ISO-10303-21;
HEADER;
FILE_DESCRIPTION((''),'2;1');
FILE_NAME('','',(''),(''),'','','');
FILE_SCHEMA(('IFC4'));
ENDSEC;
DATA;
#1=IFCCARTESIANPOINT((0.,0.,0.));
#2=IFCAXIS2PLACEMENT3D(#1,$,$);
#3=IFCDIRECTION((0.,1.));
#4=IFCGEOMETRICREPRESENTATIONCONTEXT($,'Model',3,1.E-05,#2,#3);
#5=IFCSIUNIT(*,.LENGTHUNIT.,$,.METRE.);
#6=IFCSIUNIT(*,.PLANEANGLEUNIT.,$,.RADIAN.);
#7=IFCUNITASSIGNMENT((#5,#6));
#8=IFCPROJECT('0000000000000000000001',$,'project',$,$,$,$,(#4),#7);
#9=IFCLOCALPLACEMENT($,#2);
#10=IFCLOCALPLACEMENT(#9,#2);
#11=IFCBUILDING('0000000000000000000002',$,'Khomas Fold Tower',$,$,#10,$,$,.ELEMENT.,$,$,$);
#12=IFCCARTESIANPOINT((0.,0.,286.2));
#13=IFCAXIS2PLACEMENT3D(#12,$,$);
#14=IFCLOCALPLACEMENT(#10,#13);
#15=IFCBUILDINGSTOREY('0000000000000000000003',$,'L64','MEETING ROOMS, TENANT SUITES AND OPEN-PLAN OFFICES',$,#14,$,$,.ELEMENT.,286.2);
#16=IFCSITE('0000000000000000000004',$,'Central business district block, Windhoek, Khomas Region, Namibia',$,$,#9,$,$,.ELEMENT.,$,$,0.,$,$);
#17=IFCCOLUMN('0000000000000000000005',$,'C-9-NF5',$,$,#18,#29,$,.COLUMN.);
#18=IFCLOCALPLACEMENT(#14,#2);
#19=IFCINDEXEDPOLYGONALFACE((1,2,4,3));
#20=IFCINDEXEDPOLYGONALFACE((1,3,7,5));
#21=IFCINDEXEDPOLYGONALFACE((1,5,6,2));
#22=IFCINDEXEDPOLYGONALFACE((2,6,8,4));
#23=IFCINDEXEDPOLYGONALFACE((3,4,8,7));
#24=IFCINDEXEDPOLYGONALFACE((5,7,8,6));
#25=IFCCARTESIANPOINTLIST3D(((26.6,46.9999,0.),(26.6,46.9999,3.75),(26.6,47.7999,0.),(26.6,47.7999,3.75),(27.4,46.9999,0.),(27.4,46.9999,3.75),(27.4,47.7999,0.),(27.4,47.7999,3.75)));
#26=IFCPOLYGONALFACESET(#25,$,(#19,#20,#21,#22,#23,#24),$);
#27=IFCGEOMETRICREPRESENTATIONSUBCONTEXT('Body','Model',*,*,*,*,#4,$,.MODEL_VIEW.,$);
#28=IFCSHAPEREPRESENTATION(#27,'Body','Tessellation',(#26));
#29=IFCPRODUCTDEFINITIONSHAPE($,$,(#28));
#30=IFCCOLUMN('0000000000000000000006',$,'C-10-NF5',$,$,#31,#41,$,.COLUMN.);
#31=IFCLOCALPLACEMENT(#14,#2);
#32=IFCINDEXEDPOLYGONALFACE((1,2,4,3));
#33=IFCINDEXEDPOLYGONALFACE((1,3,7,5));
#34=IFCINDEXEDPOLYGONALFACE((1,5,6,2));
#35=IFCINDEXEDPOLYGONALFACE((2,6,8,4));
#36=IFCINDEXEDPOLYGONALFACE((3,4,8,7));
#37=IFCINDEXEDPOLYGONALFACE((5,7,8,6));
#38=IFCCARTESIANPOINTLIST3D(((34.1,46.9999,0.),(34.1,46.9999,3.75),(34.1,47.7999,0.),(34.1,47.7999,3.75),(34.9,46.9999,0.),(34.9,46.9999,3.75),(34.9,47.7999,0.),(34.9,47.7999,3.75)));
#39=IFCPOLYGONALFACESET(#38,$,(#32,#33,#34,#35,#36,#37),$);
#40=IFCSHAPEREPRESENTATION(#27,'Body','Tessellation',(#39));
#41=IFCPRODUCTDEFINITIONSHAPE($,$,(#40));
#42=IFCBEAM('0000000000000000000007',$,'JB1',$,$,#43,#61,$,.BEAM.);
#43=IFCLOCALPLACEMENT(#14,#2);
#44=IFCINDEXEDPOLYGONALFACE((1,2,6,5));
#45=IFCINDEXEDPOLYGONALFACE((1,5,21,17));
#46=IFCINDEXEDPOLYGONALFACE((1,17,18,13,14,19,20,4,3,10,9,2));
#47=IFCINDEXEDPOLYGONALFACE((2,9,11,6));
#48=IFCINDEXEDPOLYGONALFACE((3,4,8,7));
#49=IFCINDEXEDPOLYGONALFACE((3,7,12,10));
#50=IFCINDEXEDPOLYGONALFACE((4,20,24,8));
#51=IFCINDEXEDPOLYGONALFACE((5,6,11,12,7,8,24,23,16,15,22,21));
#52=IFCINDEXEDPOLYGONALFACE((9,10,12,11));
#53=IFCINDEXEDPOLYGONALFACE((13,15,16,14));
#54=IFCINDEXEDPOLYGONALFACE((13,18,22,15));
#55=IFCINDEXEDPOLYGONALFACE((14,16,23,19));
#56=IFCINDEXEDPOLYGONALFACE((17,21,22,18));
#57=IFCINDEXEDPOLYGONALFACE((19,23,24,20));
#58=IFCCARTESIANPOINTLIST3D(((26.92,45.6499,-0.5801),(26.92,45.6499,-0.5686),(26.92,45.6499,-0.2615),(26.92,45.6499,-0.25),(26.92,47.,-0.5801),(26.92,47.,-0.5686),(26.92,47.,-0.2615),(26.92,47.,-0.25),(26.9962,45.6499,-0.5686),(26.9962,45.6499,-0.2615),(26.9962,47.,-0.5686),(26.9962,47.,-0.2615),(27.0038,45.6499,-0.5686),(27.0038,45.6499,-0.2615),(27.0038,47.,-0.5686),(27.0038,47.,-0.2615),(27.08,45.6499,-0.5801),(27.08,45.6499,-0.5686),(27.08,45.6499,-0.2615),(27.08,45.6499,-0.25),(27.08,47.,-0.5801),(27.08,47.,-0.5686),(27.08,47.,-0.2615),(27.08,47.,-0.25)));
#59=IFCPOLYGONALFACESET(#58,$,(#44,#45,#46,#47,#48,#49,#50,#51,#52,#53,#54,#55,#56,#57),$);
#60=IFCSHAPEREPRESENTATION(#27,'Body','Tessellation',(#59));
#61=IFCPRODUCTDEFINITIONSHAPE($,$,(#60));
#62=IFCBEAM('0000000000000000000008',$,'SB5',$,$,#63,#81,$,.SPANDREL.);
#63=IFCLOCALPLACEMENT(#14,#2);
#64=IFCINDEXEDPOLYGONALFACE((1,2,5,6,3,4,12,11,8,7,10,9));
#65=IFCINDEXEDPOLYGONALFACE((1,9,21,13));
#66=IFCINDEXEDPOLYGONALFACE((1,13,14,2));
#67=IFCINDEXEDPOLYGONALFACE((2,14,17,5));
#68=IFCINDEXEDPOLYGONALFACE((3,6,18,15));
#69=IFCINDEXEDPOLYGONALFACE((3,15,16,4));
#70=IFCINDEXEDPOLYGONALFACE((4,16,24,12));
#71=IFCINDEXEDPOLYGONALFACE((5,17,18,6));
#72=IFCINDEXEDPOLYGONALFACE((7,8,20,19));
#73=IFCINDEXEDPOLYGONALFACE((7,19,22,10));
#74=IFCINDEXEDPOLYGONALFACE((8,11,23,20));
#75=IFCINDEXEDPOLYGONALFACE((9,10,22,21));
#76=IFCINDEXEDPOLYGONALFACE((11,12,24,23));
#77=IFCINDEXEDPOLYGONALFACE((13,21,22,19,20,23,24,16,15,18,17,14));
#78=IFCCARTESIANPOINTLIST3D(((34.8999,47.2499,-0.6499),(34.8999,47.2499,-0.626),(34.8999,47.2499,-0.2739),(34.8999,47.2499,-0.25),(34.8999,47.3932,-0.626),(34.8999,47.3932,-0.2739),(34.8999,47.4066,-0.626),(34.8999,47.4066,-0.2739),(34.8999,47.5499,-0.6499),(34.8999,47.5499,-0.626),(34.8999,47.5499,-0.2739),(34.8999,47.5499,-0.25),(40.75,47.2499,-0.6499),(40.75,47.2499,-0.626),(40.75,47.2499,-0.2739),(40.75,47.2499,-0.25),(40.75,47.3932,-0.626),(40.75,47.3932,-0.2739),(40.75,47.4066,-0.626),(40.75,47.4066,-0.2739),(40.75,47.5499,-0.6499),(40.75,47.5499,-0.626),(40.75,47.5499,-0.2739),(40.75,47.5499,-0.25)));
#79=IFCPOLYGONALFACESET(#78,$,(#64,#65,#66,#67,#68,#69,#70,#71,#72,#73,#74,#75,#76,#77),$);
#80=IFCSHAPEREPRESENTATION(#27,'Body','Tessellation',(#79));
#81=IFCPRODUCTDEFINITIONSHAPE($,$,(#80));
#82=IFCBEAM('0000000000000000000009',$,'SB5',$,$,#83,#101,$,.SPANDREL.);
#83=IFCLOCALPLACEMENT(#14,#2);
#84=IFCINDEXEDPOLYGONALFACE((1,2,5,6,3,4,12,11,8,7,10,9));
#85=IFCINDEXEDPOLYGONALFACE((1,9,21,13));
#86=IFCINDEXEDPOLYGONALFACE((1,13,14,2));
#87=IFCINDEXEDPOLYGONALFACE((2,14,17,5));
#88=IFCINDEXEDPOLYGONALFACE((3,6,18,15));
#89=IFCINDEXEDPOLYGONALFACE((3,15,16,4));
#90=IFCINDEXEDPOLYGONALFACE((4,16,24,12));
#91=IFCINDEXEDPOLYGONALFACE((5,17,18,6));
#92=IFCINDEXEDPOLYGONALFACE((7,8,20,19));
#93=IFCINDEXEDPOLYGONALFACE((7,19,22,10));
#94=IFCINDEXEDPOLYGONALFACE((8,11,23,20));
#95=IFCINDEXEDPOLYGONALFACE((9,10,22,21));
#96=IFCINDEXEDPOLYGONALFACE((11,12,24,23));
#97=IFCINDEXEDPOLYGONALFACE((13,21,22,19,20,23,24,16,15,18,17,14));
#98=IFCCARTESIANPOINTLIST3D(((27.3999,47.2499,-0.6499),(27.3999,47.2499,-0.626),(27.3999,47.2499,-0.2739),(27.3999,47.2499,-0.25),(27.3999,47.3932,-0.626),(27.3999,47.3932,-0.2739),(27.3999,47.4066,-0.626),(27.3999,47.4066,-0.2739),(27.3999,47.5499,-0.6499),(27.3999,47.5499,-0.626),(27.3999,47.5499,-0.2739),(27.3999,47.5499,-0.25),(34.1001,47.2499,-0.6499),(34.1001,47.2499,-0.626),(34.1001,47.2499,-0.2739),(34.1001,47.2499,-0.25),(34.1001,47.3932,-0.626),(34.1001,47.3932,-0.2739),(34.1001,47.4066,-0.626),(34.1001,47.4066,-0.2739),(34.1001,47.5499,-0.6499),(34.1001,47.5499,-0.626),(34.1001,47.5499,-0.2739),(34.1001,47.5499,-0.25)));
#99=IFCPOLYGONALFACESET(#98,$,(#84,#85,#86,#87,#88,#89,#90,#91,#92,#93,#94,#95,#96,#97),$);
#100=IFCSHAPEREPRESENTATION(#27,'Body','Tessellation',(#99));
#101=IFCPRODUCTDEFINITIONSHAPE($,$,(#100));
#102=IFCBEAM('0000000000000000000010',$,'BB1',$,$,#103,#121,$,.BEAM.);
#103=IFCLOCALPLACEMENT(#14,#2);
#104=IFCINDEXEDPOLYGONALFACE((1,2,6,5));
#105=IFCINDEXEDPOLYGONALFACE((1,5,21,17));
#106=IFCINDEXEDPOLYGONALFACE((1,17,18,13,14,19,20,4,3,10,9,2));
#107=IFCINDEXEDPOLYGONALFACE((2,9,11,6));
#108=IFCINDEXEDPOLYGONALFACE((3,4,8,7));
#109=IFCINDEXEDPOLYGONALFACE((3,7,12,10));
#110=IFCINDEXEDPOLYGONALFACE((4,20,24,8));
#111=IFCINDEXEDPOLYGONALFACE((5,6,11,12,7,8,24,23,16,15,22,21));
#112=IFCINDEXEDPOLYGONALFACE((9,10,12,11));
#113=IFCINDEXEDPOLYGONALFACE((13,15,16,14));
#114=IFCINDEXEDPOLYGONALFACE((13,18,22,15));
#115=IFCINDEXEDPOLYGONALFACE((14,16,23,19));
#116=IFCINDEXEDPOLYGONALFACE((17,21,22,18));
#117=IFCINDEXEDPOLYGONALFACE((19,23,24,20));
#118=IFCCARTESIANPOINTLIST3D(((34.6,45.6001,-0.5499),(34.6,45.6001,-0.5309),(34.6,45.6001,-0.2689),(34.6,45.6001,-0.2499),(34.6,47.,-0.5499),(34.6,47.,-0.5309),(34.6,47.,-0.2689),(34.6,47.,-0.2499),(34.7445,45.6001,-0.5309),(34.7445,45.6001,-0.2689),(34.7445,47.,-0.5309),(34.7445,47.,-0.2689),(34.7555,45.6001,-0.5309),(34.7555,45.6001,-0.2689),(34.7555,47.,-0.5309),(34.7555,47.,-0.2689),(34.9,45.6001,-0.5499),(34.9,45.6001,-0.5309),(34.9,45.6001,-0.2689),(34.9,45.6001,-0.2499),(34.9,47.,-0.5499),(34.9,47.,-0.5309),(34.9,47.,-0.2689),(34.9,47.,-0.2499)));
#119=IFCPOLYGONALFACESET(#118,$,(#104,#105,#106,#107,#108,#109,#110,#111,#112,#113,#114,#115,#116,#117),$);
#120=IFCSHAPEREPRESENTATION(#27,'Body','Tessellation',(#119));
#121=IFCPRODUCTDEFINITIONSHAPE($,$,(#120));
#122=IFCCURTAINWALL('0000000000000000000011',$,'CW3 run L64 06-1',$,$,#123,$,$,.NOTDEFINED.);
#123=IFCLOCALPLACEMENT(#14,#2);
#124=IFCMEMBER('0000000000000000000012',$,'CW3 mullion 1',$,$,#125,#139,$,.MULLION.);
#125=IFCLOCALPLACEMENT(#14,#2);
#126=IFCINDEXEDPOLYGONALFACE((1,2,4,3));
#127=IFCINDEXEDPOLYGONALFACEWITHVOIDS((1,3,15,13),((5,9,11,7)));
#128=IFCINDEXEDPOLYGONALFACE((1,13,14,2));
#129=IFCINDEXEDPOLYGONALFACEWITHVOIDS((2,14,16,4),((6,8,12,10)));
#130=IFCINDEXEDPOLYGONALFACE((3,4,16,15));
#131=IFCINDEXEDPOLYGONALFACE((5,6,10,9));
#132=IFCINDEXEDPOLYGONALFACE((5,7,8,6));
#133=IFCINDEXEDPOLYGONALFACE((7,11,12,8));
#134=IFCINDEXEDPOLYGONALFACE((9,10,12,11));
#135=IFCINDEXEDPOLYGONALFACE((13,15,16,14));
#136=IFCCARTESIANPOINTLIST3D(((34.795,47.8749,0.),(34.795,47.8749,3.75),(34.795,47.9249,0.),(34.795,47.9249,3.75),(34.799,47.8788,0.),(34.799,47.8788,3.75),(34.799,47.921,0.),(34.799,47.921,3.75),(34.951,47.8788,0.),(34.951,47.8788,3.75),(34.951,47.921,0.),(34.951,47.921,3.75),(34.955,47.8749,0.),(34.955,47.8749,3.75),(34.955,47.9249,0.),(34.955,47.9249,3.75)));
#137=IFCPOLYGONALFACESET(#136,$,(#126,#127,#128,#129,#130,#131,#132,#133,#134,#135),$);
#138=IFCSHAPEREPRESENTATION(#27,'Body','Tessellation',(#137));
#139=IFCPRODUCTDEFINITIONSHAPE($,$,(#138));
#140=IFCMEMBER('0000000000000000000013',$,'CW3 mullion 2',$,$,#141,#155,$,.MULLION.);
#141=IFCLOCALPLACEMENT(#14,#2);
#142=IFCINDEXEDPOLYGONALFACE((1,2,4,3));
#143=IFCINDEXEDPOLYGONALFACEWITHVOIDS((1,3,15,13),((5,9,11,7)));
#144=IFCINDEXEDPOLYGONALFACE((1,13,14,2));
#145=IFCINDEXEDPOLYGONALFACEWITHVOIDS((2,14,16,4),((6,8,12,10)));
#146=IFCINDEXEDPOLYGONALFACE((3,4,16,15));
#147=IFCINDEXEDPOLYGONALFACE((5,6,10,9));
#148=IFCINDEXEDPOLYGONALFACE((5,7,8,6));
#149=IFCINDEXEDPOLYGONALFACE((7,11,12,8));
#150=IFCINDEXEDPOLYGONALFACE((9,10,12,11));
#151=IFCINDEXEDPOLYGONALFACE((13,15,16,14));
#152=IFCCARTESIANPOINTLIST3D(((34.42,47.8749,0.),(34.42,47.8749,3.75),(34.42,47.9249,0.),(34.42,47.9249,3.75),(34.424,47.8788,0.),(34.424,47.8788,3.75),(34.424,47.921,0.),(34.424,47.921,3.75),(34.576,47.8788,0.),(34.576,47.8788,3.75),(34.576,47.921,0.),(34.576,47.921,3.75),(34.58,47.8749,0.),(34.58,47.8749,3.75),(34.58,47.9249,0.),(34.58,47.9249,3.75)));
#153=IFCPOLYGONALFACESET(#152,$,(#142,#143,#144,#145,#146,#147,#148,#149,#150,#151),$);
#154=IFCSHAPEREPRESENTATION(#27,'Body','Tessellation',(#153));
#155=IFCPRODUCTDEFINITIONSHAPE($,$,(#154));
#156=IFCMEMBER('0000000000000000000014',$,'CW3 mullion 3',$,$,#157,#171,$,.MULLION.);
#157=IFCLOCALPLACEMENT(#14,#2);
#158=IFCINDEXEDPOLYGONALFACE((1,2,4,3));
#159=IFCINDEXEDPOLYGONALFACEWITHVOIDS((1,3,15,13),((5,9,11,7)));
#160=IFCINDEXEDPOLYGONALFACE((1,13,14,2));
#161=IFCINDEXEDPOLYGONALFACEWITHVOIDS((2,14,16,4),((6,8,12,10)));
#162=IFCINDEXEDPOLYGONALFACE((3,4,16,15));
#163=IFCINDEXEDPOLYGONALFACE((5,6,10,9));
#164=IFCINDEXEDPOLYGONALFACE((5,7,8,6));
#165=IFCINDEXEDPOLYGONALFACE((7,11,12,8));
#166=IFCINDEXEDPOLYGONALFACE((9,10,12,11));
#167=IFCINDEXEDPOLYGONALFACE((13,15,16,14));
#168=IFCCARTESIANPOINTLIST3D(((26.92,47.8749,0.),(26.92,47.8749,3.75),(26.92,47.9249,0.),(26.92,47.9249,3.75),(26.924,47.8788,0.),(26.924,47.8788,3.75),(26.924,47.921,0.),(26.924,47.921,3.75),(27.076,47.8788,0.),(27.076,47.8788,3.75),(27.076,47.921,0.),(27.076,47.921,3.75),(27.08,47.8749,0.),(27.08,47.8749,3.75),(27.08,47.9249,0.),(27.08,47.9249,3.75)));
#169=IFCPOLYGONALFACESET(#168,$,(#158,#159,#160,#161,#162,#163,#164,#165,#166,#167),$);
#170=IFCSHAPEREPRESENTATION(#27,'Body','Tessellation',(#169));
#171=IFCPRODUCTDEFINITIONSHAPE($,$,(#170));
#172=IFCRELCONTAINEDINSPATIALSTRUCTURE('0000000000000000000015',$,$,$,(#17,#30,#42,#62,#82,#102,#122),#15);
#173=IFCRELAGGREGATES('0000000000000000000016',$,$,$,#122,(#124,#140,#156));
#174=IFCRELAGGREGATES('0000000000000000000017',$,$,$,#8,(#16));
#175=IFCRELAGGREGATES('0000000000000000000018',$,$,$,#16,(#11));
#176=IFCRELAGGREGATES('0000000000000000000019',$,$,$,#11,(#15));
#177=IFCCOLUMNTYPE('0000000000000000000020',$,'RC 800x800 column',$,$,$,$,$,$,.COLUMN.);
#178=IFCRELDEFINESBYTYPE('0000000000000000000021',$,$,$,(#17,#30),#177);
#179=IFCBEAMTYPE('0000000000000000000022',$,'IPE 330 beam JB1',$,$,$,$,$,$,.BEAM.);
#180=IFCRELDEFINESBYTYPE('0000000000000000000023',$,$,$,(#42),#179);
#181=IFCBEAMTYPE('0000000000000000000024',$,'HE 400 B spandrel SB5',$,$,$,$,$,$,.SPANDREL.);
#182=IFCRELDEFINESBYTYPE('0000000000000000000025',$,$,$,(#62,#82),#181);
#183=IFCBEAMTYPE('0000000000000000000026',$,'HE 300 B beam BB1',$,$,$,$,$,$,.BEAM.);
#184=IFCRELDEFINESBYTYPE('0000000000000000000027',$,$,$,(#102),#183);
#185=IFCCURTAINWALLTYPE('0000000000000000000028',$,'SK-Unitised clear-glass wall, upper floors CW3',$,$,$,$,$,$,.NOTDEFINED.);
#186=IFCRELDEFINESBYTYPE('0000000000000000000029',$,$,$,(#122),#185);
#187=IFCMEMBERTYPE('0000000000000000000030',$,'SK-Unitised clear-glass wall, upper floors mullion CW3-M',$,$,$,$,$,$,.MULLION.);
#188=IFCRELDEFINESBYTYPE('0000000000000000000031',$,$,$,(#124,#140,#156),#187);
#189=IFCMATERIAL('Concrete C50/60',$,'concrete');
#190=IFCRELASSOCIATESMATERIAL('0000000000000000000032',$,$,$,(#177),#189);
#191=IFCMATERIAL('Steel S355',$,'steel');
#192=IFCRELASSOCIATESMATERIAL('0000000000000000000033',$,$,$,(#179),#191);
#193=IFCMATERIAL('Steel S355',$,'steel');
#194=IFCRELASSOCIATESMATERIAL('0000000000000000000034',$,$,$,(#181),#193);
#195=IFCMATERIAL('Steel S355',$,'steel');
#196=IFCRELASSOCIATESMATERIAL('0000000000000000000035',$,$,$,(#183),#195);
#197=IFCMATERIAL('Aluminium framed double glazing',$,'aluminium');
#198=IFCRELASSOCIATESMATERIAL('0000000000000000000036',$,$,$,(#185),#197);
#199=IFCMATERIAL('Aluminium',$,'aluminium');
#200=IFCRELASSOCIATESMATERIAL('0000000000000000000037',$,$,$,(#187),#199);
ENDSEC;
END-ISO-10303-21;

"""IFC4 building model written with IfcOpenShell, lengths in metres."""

from ifc_helpers import new_model, si_unit, direction, frame, origin, origin_2d, place, context, subcontext, project, spatial, rectangle, hollow_rectangle, i_section, extrude, source, transform, mapped, material, material_profile, profile_set, type_object, element, aggregate, save


model = new_model("IFC4")

# Units and contexts
model_context = context("Model", 3, precision=1e-05, world=origin(), true_north=direction((0.0, 1.0)))
body_context = subcontext(model_context, "Body", "Model", "MODEL_VIEW")
ifc_project = project(units=[si_unit("LENGTHUNIT", "METRE"), si_unit("PLANEANGLEUNIT", "RADIAN")], contexts=[model_context])

# Site, building, storey
site_placement = place(None, origin())
site = spatial("IfcSite", under=ifc_project, at=site_placement, Name="Central business district block, Windhoek, Khomas Region, Namibia", CompositionType="ELEMENT", RefElevation=0.0)
building_placement = place(site_placement, origin())
building = spatial("IfcBuilding", under=site, at=building_placement, Name="Khomas Fold Tower", CompositionType="ELEMENT")
storey_placement = place(building_placement, frame((0.0, 0.0, 286.2)))
storey = spatial("IfcBuildingStorey", under=building, at=storey_placement, Name="L64", Description="MEETING ROOMS, TENANT SUITES AND OPEN-PLAN OFFICES", CompositionType="ELEMENT", Elevation=286.2)

# Columns
ifc_material_1 = material(Name="Concrete C50/60", Category="concrete")
ifc_material_profile_1 = material_profile(ifc_material_1, rectangle(XDim=0.8, YDim=0.8, at=origin_2d()), Name="RC 800x800")
ifc_profile_set_1 = profile_set([ifc_material_profile_1], Name="Concrete C50/60")
column_type = type_object("IfcColumnType", Name="RC 800x800 column", PredefinedType="COLUMN", material=ifc_profile_set_1)
shared_shape_1 = source(origin(), body_context, "Body", "SweptSolid", [
    extrude(rectangle(XDim=0.8, YDim=0.8, at=origin_2d()), origin(), (0.0, 0.0, 1.0), 3.75),
])
for number, where, z_axis, x_axis, name in (
    (1, (27.0, 47.3999, 0.0), (0.0, 0.0, 1.0), (1.0, 0.0, 0.0), "C-9-NF5"),
    (2, (34.5, 47.3999, 0.0), (0.0, 0.0, 1.0), (1.0, 0.0, 0.0), "C-10-NF5"),
):
    element("IfcColumn", number, at=place(storey_placement, frame(where, z_axis=z_axis, x_axis=x_axis)), inside=storey, type_object=column_type, Name=name, PredefinedType="COLUMN", context=body_context, shape_type="MappedRepresentation", body=[
        mapped(shared_shape_1, transform((0.0, 0.0, 0.0))),
    ])

# Beams
ifc_material_2 = material(Name="Steel S355", Category="steel")
ifc_material_profile_2 = material_profile(ifc_material_2, i_section(OverallWidth=0.1599, OverallDepth=0.3301, WebThickness=0.0076, FlangeThickness=0.0115, at=origin_2d()), Name="IPE 330")
ifc_profile_set_2 = profile_set([ifc_material_profile_2], Name="Steel S355")
beam_type_1 = type_object("IfcBeamType", Name="IPE 330 beam JB1", PredefinedType="BEAM", material=ifc_profile_set_2)
shared_shape_2 = source(origin(), body_context, "Body", "SweptSolid", [
    extrude(i_section(OverallWidth=0.1599, OverallDepth=0.3301, WebThickness=0.0076, FlangeThickness=0.0115, at=origin_2d()), origin(), (0.0, 0.0, 1.0), 1.3501),
])
beam_1_placement = place(storey_placement, frame((27.0, 45.6499, -0.415), z_axis=(0.0, 1.0, 0.0), x_axis=(-1.0, 0.0, 0.0)))
element("IfcBeam", 3, at=beam_1_placement, inside=storey, type_object=beam_type_1, Name="JB1", PredefinedType="BEAM", context=body_context, shape_type="MappedRepresentation", body=[
    mapped(shared_shape_2, transform((0.0, 0.0, 0.0))),
])
ifc_material_3 = material(Name="Steel S355", Category="steel")
ifc_material_profile_3 = material_profile(ifc_material_3, i_section(OverallWidth=0.3, OverallDepth=0.3999, WebThickness=0.0134, FlangeThickness=0.0239, at=origin_2d()), Name="HE 400 B")
ifc_profile_set_3 = profile_set([ifc_material_profile_3], Name="Steel S355")
beam_type_2 = type_object("IfcBeamType", Name="HE 400 B spandrel SB5", PredefinedType="SPANDREL", material=ifc_profile_set_3)
shared_shape_3 = source(origin(), body_context, "Body", "SweptSolid", [
    extrude(i_section(OverallWidth=0.3, OverallDepth=0.3999, WebThickness=0.0134, FlangeThickness=0.0239, at=origin_2d()), origin(), (0.0, 0.0, 1.0), 5.8501),
])
beam_2_placement = place(storey_placement, frame((34.8999, 47.3999, -0.45), z_axis=(1.0, 0.0, 0.0), x_axis=(0.0, 1.0, 0.0)))
element("IfcBeam", 4, at=beam_2_placement, inside=storey, type_object=beam_type_2, Name="SB5", PredefinedType="SPANDREL", context=body_context, shape_type="MappedRepresentation", body=[
    mapped(shared_shape_3, transform((0.0, 0.0, 0.0))),
])
shared_shape_4 = source(origin(), body_context, "Body", "SweptSolid", [
    extrude(i_section(OverallWidth=0.3, OverallDepth=0.3999, WebThickness=0.0134, FlangeThickness=0.0239, at=origin_2d()), origin(), (0.0, 0.0, 1.0), 6.7002),
])
beam_3_placement = place(storey_placement, frame((27.3999, 47.3999, -0.45), z_axis=(1.0, 0.0, 0.0), x_axis=(0.0, 1.0, 0.0)))
element("IfcBeam", 5, at=beam_3_placement, inside=storey, type_object=beam_type_2, Name="SB5", PredefinedType="SPANDREL", context=body_context, shape_type="MappedRepresentation", body=[
    mapped(shared_shape_4, transform((0.0, 0.0, 0.0))),
])
ifc_material_4 = material(Name="Steel S355", Category="steel")
ifc_material_profile_4 = material_profile(ifc_material_4, i_section(OverallWidth=0.3, OverallDepth=0.3, WebThickness=0.011, FlangeThickness=0.019, at=origin_2d()), Name="HE 300 B")
ifc_profile_set_4 = profile_set([ifc_material_profile_4], Name="Steel S355")
beam_type_3 = type_object("IfcBeamType", Name="HE 300 B beam BB1", PredefinedType="BEAM", material=ifc_profile_set_4)
shared_shape_5 = source(origin(), body_context, "Body", "SweptSolid", [
    extrude(i_section(OverallWidth=0.3, OverallDepth=0.3, WebThickness=0.011, FlangeThickness=0.019, at=origin_2d()), origin(), (0.0, 0.0, 1.0), 1.3999),
])
beam_4_placement = place(storey_placement, frame((34.75, 45.6001, -0.3999), z_axis=(0.0, 1.0, 0.0), x_axis=(-1.0, 0.0, 0.0)))
element("IfcBeam", 6, at=beam_4_placement, inside=storey, type_object=beam_type_3, Name="BB1", PredefinedType="BEAM", context=body_context, shape_type="MappedRepresentation", body=[
    mapped(shared_shape_5, transform((0.0, 0.0, 0.0))),
])

# Curtain wall, members
ifc_material_5 = material(Name="Aluminium framed double glazing", Category="aluminium")
curtain_wall_type = type_object("IfcCurtainWallType", Name="SK-Unitised clear-glass wall, upper floors CW3", PredefinedType="NOTDEFINED", material=ifc_material_5)
curtain_wall_placement = place(storey_placement, origin())
curtain_wall = element("IfcCurtainWall", 7, at=curtain_wall_placement, inside=storey, type_object=curtain_wall_type, Name="CW3 run L64 06-1", PredefinedType="NOTDEFINED")
ifc_material_6 = material(Name="Aluminium", Category="aluminium")
ifc_material_profile_5 = material_profile(ifc_material_6, hollow_rectangle(XDim=0.05, YDim=0.1599, WallThickness=0.0039, at=origin_2d()), Name="SK-Unitised clear-glass wall, upper floors mullion CW3-M")
ifc_profile_set_5 = profile_set([ifc_material_profile_5], Name="Aluminium")
member_type_1 = type_object("IfcMemberType", Name="SK-Unitised clear-glass wall, upper floors mullion CW3-M", PredefinedType="MULLION", material=ifc_profile_set_5)
shared_shape_6 = source(origin(), body_context, "Body", "SweptSolid", [
    extrude(hollow_rectangle(XDim=0.05, YDim=0.1599, WallThickness=0.0039, at=origin_2d()), origin(), (0.0, 0.0, 1.0), 3.75),
])
member_1_placement = place(storey_placement, frame((34.875, 47.8999, 0.0), z_axis=(0.0, 0.0, 1.0), x_axis=(0.0, -1.0, 0.0)))
member_1 = element("IfcMember", 8, at=member_1_placement, type_object=member_type_1, Name="CW3 mullion 1", PredefinedType="MULLION", context=body_context, shape_type="MappedRepresentation", body=[
    mapped(shared_shape_6, transform((0.0, 0.0, 0.0))),
])
member_2_placement = place(storey_placement, frame((34.5, 47.8999, 0.0), z_axis=(0.0, 0.0, 1.0), x_axis=(0.0, -1.0, 0.0)))
member_2 = element("IfcMember", 9, at=member_2_placement, type_object=member_type_1, Name="CW3 mullion 2", PredefinedType="MULLION", context=body_context, shape_type="MappedRepresentation", body=[
    mapped(shared_shape_6, transform((0.0, 0.0, 0.0))),
])
member_3_placement = place(storey_placement, frame((27.0, 47.8999, 0.0), z_axis=(0.0, 0.0, 1.0), x_axis=(0.0, -1.0, 0.0)))
member_3 = element("IfcMember", 10, at=member_3_placement, type_object=member_type_1, Name="CW3 mullion 3", PredefinedType="MULLION", context=body_context, shape_type="MappedRepresentation", body=[
    mapped(shared_shape_6, transform((0.0, 0.0, 0.0))),
])
aggregate(curtain_wall, [member_1, member_2, member_3])

save(model, "model.ifc")
